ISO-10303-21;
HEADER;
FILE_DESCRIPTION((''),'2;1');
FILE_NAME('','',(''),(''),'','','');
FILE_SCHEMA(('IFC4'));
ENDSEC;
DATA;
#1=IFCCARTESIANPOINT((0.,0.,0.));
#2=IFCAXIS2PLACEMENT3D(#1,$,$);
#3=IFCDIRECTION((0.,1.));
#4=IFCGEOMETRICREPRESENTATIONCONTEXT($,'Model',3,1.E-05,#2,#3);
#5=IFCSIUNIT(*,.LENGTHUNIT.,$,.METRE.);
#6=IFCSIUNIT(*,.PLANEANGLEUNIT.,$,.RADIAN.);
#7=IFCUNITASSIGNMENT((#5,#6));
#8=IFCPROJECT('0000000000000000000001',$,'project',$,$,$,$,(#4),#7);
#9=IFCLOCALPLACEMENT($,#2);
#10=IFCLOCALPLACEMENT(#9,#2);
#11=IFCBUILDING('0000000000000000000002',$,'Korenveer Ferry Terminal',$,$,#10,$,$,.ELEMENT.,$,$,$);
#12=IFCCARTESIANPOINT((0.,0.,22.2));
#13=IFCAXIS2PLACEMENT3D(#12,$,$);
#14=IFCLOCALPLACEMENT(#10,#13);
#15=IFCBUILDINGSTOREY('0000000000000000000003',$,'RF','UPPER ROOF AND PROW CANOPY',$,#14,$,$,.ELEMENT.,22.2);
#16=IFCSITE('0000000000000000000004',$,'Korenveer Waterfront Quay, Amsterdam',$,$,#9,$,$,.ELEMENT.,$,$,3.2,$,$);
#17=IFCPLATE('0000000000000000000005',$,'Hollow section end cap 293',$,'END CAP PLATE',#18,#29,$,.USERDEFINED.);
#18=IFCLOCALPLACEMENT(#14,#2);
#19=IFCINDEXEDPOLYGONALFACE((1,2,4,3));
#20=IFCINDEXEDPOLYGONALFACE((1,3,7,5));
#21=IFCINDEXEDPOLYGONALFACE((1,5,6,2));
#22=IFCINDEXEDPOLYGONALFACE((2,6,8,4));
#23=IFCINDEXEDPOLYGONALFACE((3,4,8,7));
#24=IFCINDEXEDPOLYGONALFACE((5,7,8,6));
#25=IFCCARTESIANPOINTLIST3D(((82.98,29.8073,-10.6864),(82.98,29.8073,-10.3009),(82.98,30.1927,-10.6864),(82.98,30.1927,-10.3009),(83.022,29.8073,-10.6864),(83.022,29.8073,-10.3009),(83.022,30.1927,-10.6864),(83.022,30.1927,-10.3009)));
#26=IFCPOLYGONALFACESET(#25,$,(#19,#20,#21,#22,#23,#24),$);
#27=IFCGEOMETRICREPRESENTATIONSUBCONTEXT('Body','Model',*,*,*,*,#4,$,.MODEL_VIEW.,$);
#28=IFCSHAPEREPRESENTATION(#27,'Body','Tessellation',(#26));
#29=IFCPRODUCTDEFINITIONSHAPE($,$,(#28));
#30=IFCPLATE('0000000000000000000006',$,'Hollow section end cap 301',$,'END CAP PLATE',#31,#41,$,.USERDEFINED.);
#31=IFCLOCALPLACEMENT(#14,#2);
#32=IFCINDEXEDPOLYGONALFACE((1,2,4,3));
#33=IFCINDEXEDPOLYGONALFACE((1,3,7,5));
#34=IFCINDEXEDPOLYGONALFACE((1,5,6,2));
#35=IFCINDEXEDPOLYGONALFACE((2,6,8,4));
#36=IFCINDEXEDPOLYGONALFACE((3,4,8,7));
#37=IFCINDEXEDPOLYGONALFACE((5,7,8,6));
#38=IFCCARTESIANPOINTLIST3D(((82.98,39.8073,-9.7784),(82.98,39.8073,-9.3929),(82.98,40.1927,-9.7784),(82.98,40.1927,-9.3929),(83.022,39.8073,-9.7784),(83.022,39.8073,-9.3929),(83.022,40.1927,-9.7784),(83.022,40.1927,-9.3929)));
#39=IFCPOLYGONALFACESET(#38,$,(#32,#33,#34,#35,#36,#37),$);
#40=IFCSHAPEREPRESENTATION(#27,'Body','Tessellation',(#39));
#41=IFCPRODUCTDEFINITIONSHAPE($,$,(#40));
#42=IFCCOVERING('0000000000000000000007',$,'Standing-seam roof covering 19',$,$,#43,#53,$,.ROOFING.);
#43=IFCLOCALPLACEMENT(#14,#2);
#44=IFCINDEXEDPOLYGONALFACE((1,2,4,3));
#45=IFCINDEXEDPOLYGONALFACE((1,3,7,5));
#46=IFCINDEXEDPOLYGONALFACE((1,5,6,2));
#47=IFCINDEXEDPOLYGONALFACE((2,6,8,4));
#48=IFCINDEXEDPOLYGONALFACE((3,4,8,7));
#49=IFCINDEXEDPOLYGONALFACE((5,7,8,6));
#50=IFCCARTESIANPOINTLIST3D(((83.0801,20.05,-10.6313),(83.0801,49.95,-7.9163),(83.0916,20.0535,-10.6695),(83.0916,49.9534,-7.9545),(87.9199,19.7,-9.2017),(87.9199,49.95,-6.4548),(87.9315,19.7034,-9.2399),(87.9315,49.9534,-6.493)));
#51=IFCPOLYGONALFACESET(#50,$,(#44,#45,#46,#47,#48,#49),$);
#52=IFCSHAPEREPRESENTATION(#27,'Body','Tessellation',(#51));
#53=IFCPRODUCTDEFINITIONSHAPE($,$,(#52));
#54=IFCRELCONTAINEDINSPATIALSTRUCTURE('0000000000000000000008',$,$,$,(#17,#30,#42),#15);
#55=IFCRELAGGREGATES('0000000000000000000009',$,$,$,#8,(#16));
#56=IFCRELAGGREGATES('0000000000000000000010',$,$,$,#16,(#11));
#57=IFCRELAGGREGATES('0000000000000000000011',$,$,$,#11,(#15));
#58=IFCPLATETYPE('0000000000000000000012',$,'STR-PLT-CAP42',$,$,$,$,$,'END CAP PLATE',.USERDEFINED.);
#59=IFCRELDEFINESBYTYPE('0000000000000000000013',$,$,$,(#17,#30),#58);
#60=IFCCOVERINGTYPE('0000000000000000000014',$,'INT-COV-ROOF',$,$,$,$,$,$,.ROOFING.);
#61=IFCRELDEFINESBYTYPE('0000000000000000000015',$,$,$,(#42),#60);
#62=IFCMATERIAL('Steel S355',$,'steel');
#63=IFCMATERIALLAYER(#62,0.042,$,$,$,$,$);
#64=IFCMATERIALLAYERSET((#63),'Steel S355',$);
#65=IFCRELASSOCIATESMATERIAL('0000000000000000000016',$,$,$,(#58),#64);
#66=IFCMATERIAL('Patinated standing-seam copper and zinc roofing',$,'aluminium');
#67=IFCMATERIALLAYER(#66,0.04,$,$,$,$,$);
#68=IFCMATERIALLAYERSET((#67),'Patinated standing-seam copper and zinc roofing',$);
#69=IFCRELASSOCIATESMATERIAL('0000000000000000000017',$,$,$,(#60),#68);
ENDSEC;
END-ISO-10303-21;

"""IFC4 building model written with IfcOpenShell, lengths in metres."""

from ifc_helpers import new_model, si_unit, direction, frame, origin, origin_2d, place, context, subcontext, project, spatial, polyline, rectangle, outline, extrude, material, layer, layer_set, type_object, element, save


model = new_model("IFC4")

# Units and contexts
model_context = context("Model", 3, precision=1e-05, world=origin(), true_north=direction((0.0, 1.0)))
body_context = subcontext(model_context, "Body", "Model", "MODEL_VIEW")
ifc_project = project(units=[si_unit("LENGTHUNIT", "METRE"), si_unit("PLANEANGLEUNIT", "RADIAN")], contexts=[model_context])

# Site, building, storey
site_placement = place(None, origin())
site = spatial("IfcSite", under=ifc_project, at=site_placement, Name="Korenveer Waterfront Quay, Amsterdam", CompositionType="ELEMENT", RefElevation=3.2)
building_placement = place(site_placement, origin())
building = spatial("IfcBuilding", under=site, at=building_placement, Name="Korenveer Ferry Terminal", CompositionType="ELEMENT")
storey_placement = place(building_placement, frame((0.0, 0.0, 22.2)))
storey = spatial("IfcBuildingStorey", under=building, at=storey_placement, Name="RF", Description="UPPER ROOF AND PROW CANOPY", CompositionType="ELEMENT", Elevation=22.2)

# Shared definitions
ifc_material_1 = material(Name="Steel S355", Category="steel")

# Plates
ifc_layer_1 = layer(ifc_material_1, 0.042)
ifc_layer_set_1 = layer_set([ifc_layer_1], Name="Steel S355")
plate_type = type_object("IfcPlateType", Name="STR-PLT-CAP42", ElementType="END CAP PLATE", PredefinedType="USERDEFINED", material=ifc_layer_set_1)
for number, where, z_axis, x_axis, name in (
    (1, (82.98, 30.0, -10.4937), (1.0, 0.0, 0.0), (0.0, 1.0, 0.0), "Hollow section end cap 293"),
    (2, (82.98, 40.0, -9.5857), (1.0, 0.0, 0.0), (0.0, 1.0, 0.0), "Hollow section end cap 301"),
):
    element("IfcPlate", number, at=place(storey_placement, frame(where, z_axis=z_axis, x_axis=x_axis)), inside=storey, type_object=plate_type, Name=name, ObjectType="END CAP PLATE", PredefinedType="USERDEFINED", context=body_context, shape_type="SweptSolid", body=[
        extrude(rectangle(XDim=0.3855, YDim=0.3855, at=origin_2d()), origin(), (0.0, 0.0, 1.0), 0.042),
    ])

# Covering
ifc_material_2 = material(Name="Patinated standing-seam copper and zinc roofing", Category="aluminium")
ifc_layer_2 = layer(ifc_material_2, 0.04)
ifc_layer_set_2 = layer_set([ifc_layer_2], Name="Patinated standing-seam copper and zinc roofing")
covering_type = type_object("IfcCoveringType", Name="INT-COV-ROOF", PredefinedType="ROOFING", material=ifc_layer_set_2)
covering_placement = place(storey_placement, frame((83.0801, 20.05, -10.6313), z_axis=(-0.287985, -0.086602, 0.953711), x_axis=(0.956734, -0.069206, 0.282614)))
element("IfcCovering", 3, at=covering_placement, inside=storey, type_object=covering_type, Name="Standing-seam roof covering 19", PredefinedType="ROOFING", context=body_context, shape_type="SweptSolid", body=[
    extrude(outline(polyline([(0.0, 0.0), (5.0587, 0.0), (3.7415, 30.3459), (-1.3019, 29.9947), (0.0, 0.0)])), origin(), (0.0, 0.0, -1.0), 0.04),
])

save(model, "model.ifc")
